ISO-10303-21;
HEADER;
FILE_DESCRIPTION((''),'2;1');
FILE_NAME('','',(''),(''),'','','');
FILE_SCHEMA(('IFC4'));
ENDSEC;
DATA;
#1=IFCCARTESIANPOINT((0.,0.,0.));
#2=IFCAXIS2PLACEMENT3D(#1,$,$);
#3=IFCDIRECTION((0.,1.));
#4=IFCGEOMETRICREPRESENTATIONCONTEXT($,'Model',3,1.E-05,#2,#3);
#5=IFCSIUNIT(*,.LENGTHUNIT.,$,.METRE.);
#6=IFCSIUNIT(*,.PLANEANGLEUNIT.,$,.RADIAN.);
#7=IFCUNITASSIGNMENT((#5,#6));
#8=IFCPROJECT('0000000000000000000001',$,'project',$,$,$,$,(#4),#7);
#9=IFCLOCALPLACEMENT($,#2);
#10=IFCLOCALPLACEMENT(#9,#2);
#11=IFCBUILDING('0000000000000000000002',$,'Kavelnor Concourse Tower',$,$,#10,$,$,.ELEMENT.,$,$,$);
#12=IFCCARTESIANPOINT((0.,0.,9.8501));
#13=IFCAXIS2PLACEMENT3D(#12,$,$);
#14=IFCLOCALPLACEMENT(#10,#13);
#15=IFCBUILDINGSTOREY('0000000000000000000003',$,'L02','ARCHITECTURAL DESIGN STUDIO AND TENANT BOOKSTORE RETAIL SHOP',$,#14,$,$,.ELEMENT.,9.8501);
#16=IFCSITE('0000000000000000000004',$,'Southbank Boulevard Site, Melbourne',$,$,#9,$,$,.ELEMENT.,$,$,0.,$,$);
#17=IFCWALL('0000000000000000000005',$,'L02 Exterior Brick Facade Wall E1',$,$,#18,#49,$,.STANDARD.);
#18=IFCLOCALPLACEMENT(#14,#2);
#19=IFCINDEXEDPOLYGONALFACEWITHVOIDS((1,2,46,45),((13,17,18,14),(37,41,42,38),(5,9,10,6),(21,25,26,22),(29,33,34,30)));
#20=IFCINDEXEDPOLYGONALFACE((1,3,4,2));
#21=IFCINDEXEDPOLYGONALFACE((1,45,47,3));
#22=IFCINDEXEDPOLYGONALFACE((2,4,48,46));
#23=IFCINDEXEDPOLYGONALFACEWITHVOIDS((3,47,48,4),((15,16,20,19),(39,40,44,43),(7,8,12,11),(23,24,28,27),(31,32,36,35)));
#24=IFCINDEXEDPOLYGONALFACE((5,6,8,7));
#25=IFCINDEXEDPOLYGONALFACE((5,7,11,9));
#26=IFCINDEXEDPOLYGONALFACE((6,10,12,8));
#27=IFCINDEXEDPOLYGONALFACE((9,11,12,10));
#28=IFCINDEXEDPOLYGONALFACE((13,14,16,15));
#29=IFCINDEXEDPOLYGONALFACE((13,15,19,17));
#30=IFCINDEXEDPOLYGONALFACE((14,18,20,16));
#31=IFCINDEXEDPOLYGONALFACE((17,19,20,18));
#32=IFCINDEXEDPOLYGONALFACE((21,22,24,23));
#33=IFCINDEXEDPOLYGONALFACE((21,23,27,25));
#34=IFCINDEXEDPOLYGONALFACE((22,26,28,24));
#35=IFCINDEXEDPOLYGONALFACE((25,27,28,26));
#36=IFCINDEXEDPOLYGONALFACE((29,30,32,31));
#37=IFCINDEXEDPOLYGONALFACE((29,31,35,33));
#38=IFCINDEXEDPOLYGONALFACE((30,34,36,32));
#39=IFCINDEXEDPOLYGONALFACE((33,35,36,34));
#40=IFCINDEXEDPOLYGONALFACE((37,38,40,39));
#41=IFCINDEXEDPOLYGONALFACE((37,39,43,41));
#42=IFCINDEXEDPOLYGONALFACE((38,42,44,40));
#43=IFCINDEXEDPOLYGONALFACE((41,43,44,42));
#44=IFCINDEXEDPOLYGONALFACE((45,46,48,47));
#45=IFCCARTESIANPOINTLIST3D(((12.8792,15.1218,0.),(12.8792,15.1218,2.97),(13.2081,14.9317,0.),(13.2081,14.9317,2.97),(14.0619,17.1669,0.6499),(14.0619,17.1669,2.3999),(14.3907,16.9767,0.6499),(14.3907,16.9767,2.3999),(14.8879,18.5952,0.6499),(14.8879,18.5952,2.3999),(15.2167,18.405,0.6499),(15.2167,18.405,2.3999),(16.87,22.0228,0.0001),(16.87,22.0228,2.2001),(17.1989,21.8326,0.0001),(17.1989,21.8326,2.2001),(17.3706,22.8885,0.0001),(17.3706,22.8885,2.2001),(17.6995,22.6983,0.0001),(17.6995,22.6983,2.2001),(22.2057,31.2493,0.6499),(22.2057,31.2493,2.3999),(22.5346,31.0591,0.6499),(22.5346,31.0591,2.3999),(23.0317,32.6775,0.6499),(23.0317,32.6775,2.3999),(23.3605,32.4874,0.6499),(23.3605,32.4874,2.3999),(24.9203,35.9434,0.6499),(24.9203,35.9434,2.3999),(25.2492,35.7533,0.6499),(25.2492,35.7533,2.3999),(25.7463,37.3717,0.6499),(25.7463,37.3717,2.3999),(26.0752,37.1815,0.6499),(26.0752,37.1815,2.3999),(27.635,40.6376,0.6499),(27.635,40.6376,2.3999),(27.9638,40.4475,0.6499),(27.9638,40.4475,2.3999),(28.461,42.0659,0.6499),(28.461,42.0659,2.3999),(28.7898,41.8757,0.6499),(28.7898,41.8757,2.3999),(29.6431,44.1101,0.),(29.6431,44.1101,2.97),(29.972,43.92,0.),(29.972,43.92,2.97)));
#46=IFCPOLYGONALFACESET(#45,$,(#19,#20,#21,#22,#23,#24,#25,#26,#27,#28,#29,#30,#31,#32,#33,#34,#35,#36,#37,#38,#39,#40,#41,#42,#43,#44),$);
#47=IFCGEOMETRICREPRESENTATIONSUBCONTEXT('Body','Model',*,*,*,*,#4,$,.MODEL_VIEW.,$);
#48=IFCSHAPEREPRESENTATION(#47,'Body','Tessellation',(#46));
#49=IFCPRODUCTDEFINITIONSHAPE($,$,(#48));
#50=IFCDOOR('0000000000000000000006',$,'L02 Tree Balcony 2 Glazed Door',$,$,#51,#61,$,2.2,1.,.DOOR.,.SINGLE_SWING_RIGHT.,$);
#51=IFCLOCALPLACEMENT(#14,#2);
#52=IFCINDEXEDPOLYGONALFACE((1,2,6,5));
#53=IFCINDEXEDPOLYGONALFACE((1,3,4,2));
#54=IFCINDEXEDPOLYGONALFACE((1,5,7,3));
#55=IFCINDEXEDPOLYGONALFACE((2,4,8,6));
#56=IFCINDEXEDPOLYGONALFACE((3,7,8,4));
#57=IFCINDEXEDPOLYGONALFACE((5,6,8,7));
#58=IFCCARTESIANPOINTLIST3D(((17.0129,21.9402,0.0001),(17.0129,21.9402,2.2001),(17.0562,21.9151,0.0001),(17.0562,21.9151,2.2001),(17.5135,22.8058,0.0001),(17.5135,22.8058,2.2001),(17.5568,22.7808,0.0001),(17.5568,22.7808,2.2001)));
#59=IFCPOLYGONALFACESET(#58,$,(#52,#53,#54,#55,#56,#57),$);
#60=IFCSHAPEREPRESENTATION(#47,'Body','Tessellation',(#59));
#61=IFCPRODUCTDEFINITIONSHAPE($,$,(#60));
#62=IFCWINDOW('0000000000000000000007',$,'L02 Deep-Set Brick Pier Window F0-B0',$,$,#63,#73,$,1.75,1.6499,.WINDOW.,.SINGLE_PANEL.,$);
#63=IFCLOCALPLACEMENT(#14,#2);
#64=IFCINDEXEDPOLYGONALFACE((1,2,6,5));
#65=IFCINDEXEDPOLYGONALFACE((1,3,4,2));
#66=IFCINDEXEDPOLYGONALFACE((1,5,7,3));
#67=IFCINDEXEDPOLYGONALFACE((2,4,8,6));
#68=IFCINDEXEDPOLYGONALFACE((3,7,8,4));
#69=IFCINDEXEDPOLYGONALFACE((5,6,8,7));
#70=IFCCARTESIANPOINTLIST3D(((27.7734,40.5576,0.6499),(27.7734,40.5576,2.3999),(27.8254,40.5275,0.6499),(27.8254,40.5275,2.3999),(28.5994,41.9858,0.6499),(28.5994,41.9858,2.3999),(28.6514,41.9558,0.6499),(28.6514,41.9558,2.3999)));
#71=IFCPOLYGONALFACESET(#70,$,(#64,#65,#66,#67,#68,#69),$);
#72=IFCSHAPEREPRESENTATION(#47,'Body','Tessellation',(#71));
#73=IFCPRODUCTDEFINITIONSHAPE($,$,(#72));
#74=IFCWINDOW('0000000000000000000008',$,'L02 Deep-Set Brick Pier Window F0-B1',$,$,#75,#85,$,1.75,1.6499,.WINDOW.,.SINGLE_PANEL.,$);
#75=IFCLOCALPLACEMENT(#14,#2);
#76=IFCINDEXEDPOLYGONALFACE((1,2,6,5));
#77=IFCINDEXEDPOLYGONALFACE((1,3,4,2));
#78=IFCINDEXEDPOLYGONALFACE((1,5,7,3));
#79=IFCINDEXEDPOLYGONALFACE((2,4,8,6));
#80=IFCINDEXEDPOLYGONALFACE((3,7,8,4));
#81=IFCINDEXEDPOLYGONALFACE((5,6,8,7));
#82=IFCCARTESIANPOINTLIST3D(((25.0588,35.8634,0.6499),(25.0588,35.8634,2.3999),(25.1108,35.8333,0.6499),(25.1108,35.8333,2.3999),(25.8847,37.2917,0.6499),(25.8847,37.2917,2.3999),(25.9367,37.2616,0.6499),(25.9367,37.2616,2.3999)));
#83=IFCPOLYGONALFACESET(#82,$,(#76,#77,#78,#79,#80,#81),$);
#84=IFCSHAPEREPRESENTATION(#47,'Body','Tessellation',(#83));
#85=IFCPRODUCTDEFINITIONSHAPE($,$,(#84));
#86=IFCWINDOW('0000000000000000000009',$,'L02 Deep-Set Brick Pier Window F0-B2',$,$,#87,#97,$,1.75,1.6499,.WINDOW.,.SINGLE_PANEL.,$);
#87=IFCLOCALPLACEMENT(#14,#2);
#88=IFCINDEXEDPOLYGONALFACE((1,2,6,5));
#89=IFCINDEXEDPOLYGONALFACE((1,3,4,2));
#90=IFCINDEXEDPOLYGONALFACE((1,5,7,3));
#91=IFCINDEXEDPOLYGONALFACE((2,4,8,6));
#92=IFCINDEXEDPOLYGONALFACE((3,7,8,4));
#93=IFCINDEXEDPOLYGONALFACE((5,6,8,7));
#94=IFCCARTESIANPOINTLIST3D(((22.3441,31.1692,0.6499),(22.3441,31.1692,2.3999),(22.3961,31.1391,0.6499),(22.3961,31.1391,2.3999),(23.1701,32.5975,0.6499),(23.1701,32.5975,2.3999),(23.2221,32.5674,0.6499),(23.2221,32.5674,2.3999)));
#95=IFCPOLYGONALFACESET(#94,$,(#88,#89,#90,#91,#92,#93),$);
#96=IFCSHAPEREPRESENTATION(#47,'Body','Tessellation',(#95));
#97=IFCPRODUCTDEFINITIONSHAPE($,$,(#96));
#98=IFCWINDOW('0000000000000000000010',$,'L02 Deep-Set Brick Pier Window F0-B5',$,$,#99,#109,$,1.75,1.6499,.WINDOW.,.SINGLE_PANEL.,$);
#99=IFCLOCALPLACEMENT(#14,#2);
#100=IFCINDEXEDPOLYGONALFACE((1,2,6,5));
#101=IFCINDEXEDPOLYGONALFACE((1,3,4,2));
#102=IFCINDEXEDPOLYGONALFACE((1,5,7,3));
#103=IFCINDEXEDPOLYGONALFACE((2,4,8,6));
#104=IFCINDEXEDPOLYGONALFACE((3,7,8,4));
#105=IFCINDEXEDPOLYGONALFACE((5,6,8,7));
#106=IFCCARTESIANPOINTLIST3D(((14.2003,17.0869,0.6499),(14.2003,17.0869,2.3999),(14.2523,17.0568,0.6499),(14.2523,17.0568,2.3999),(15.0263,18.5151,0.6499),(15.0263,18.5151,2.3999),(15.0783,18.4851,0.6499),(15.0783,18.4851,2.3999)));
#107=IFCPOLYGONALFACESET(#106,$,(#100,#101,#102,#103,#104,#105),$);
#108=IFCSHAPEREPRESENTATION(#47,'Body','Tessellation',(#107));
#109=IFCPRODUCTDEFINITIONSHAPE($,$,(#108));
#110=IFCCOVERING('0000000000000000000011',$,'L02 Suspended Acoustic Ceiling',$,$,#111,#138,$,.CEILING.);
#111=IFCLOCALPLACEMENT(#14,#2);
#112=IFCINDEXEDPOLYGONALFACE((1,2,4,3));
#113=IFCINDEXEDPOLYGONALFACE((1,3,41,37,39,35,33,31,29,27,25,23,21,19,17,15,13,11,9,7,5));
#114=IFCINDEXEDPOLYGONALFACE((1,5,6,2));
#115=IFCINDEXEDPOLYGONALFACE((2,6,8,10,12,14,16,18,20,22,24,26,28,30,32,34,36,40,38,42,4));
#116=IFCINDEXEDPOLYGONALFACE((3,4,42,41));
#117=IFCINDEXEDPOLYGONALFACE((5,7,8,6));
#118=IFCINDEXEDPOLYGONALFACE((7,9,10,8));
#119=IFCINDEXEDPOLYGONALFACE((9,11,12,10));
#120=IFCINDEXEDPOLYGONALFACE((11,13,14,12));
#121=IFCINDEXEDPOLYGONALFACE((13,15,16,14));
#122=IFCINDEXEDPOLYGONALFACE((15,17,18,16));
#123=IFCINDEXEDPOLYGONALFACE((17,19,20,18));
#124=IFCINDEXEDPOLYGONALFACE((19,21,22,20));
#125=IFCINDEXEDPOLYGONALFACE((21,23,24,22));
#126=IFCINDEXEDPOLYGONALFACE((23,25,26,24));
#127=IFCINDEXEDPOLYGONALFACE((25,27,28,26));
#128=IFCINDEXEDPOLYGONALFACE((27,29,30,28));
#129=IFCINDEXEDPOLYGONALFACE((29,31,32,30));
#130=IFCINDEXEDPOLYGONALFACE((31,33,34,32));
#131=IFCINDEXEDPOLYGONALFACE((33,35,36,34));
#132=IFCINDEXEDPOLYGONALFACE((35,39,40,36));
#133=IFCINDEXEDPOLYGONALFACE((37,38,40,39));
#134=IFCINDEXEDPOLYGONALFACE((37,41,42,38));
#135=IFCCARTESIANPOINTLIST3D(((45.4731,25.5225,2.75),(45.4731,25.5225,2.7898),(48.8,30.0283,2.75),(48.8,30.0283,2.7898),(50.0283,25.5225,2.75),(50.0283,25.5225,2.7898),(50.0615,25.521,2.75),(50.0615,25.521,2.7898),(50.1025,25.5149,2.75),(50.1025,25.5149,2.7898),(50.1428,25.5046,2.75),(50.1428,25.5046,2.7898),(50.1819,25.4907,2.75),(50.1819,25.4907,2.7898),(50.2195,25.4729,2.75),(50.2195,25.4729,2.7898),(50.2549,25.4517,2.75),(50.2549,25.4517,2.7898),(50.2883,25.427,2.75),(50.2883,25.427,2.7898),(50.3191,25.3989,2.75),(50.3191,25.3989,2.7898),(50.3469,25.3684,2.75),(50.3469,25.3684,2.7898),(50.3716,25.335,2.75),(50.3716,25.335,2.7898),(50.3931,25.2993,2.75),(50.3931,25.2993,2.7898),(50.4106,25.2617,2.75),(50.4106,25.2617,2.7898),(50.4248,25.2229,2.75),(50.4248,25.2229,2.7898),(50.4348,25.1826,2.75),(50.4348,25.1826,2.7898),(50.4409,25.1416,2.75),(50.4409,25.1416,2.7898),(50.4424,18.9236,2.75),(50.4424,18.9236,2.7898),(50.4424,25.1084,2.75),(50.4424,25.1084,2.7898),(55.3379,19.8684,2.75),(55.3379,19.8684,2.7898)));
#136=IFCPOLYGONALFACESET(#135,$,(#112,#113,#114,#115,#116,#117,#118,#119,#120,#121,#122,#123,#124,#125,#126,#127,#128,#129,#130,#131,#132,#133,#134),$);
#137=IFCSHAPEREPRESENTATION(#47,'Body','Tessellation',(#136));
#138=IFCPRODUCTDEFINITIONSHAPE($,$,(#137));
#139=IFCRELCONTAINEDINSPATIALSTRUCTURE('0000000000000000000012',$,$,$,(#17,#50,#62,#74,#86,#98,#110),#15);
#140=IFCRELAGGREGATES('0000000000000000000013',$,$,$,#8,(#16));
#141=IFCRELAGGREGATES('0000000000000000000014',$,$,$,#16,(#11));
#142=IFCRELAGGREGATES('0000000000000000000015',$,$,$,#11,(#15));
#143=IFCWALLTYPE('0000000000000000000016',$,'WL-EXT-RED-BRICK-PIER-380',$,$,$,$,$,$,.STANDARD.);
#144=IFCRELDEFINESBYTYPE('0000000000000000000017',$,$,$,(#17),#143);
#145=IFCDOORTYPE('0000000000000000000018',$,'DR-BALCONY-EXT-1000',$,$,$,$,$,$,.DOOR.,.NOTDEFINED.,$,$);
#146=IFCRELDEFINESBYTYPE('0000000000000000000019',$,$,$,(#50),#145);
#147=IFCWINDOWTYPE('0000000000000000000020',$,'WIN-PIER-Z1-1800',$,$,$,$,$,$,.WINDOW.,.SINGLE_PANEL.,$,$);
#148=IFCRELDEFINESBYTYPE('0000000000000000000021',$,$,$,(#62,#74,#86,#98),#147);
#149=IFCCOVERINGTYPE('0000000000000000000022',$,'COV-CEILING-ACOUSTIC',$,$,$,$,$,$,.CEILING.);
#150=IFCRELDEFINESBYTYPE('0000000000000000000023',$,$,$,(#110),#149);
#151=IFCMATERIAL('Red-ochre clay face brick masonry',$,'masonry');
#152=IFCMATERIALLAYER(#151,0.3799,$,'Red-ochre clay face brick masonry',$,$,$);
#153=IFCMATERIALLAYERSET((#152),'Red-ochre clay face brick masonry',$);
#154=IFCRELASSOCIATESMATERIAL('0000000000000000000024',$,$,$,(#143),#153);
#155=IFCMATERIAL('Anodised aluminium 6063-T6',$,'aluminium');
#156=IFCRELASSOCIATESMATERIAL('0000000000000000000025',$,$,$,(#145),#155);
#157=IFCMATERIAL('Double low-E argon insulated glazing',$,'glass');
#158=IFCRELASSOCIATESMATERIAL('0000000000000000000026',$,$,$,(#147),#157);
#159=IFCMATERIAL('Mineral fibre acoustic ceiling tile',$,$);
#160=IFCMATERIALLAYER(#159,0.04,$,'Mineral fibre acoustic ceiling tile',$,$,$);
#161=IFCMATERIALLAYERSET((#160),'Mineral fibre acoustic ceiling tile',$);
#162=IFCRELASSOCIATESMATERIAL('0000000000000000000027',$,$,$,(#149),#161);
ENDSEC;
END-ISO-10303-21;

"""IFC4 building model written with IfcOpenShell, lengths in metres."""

from ifc_helpers import new_model, si_unit, direction, frame, frame_2d, origin, place, context, subcontext, project, spatial, polyline, rectangle, outline, extrude, material, layer, layer_set, type_object, element, fill, save


model = new_model("IFC4")

# Units and contexts
model_context = context("Model", 3, precision=1e-05, world=origin(), true_north=direction((0.0, 1.0)))
body_context = subcontext(model_context, "Body", "Model", "MODEL_VIEW")
ifc_project = project(units=[si_unit("LENGTHUNIT", "METRE"), si_unit("PLANEANGLEUNIT", "RADIAN")], contexts=[model_context])

# Site, building, storey
site_placement = place(None, origin())
site = spatial("IfcSite", under=ifc_project, at=site_placement, Name="Southbank Boulevard Site, Melbourne", CompositionType="ELEMENT", RefElevation=0.0)
building_placement = place(site_placement, origin())
building = spatial("IfcBuilding", under=site, at=building_placement, Name="Kavelnor Concourse Tower", CompositionType="ELEMENT")
storey_placement = place(building_placement, frame((0.0, 0.0, 9.8501)))
storey = spatial("IfcBuildingStorey", under=building, at=storey_placement, Name="L02", Description="ARCHITECTURAL DESIGN STUDIO AND TENANT BOOKSTORE RETAIL SHOP", CompositionType="ELEMENT", Elevation=9.8501)

# Wall, openings, door, windows
ifc_material_1 = material(Name="Red-ochre clay face brick masonry", Category="masonry")
ifc_layer_1 = layer(ifc_material_1, 0.3799, Name="Red-ochre clay face brick masonry")
ifc_layer_set_1 = layer_set([ifc_layer_1], Name="Red-ochre clay face brick masonry")
wall_type = type_object("IfcWallType", Name="WL-EXT-RED-BRICK-PIER-380", PredefinedType="STANDARD", material=ifc_layer_set_1)
wall_placement = place(storey_placement, frame((13.0437, 15.0269, 0.0), z_axis=(0.0, 0.0, 1.0), x_axis=(0.500616, 0.865669, 0.0)))
wall = element("IfcWall", 1, at=wall_placement, inside=storey, type_object=wall_type, Name="L02 Exterior Brick Facade Wall E1", PredefinedType="STANDARD", context=body_context, shape_type="SweptSolid", body=[
    extrude(rectangle(XDim=33.4866, YDim=0.3799, at=frame_2d((16.7432, 0.0))), origin(), (0.0, 0.0, 1.0), 2.97),
])
opening_1_placement = place(wall_placement, frame((7.9717, 0.0, 0.0)))
opening_1 = element("IfcOpeningElement", 2, at=opening_1_placement, cuts=wall, PredefinedType="OPENING", context=body_context, shape_type="SweptSolid", body=[
    extrude(rectangle(XDim=1.0, YDim=2.2, at=frame_2d((0.5, 1.1001))), frame((0.0, 0.2, 0.0), z_axis=(0.0, -1.0, 0.0), x_axis=(1.0, 0.0, 0.0)), (0.0, 0.0, 1.0), 0.3999),
])
opening_2_placement = place(wall_placement, frame((29.4751, 0.0, 0.6499)))
opening_2 = element("IfcOpeningElement", 3, at=opening_2_placement, cuts=wall, PredefinedType="OPENING", context=body_context, shape_type="SweptSolid", body=[
    extrude(rectangle(XDim=1.6499, YDim=1.75, at=frame_2d((0.825, 0.875))), frame((0.0, 0.2, 0.0), z_axis=(0.0, -1.0, 0.0), x_axis=(1.0, 0.0, 0.0)), (0.0, 0.0, 1.0), 0.3999),
])
opening_3_placement = place(wall_placement, frame((24.0525, 0.0, 0.6499)))
opening_3 = element("IfcOpeningElement", 4, at=opening_3_placement, cuts=wall, PredefinedType="OPENING", context=body_context, shape_type="SweptSolid", body=[
    extrude(rectangle(XDim=1.6499, YDim=1.75, at=frame_2d((0.825, 0.875))), frame((0.0, 0.2, 0.0), z_axis=(0.0, -1.0, 0.0), x_axis=(1.0, 0.0, 0.0)), (0.0, 0.0, 1.0), 0.3999),
])
opening_4_placement = place(wall_placement, frame((18.6299, 0.0, 0.6499)))
opening_4 = element("IfcOpeningElement", 5, at=opening_4_placement, cuts=wall, PredefinedType="OPENING", context=body_context, shape_type="SweptSolid", body=[
    extrude(rectangle(XDim=1.6499, YDim=1.75, at=frame_2d((0.825, 0.875))), frame((0.0, 0.2, 0.0), z_axis=(0.0, -1.0, 0.0), x_axis=(1.0, 0.0, 0.0)), (0.0, 0.0, 1.0), 0.3999),
])
opening_5_placement = place(wall_placement, frame((2.3623, 0.0, 0.6499)))
opening_5 = element("IfcOpeningElement", 6, at=opening_5_placement, cuts=wall, PredefinedType="OPENING", context=body_context, shape_type="SweptSolid", body=[
    extrude(rectangle(XDim=1.6499, YDim=1.75, at=frame_2d((0.825, 0.875))), frame((0.0, 0.2, 0.0), z_axis=(0.0, -1.0, 0.0), x_axis=(1.0, 0.0, 0.0)), (0.0, 0.0, 1.0), 0.3999),
])
ifc_material_2 = material(Name="Anodised aluminium 6063-T6", Category="aluminium")
door_type = type_object("IfcDoorType", Name="DR-BALCONY-EXT-1000", OperationType="NOTDEFINED", PredefinedType="DOOR", material=ifc_material_2)
door_placement = place(opening_1_placement, origin())
door = element("IfcDoor", 7, at=door_placement, inside=storey, type_object=door_type, Name="L02 Tree Balcony 2 Glazed Door", OperationType="SINGLE_SWING_RIGHT", OverallHeight=2.2, OverallWidth=1.0, PredefinedType="DOOR", context=body_context, shape_type="SweptSolid", body=[
    extrude(rectangle(XDim=1.0, YDim=2.2, at=frame_2d((0.5, 1.1001))), frame((0.0, 0.0249, 0.0), z_axis=(0.0, -1.0, 0.0), x_axis=(1.0, 0.0, 0.0)), (0.0, 0.0, 1.0), 0.05),
])
fill(opening_1, door)
ifc_material_3 = material(Name="Double low-E argon insulated glazing", Category="glass")
window_type = type_object("IfcWindowType", Name="WIN-PIER-Z1-1800", PartitioningType="SINGLE_PANEL", PredefinedType="WINDOW", material=ifc_material_3)
window_1_placement = place(opening_2_placement, origin())
window_1 = element("IfcWindow", 8, at=window_1_placement, inside=storey, type_object=window_type, Name="L02 Deep-Set Brick Pier Window F0-B0", OverallHeight=1.75, OverallWidth=1.6499, PartitioningType="SINGLE_PANEL", PredefinedType="WINDOW", context=body_context, shape_type="SweptSolid", body=[
    extrude(rectangle(XDim=1.6499, YDim=1.75, at=frame_2d((0.825, 0.875))), frame((0.0, 0.03, 0.0), z_axis=(0.0, -1.0, 0.0), x_axis=(1.0, 0.0, 0.0)), (0.0, 0.0, 1.0), 0.0601),
])
fill(opening_2, window_1)
window_2_placement = place(opening_3_placement, origin())
window_2 = element("IfcWindow", 9, at=window_2_placement, inside=storey, type_object=window_type, Name="L02 Deep-Set Brick Pier Window F0-B1", OverallHeight=1.75, OverallWidth=1.6499, PartitioningType="SINGLE_PANEL", PredefinedType="WINDOW", context=body_context, shape_type="SweptSolid", body=[
    extrude(rectangle(XDim=1.6499, YDim=1.75, at=frame_2d((0.825, 0.875))), frame((0.0, 0.03, 0.0), z_axis=(0.0, -1.0, 0.0), x_axis=(1.0, 0.0, 0.0)), (0.0, 0.0, 1.0), 0.0601),
])
fill(opening_3, window_2)
window_3_placement = place(opening_4_placement, origin())
window_3 = element("IfcWindow", 10, at=window_3_placement, inside=storey, type_object=window_type, Name="L02 Deep-Set Brick Pier Window F0-B2", OverallHeight=1.75, OverallWidth=1.6499, PartitioningType="SINGLE_PANEL", PredefinedType="WINDOW", context=body_context, shape_type="SweptSolid", body=[
    extrude(rectangle(XDim=1.6499, YDim=1.75, at=frame_2d((0.825, 0.875))), frame((0.0, 0.03, 0.0), z_axis=(0.0, -1.0, 0.0), x_axis=(1.0, 0.0, 0.0)), (0.0, 0.0, 1.0), 0.0601),
])
fill(opening_4, window_3)
window_4_placement = place(opening_5_placement, origin())
window_4 = element("IfcWindow", 11, at=window_4_placement, inside=storey, type_object=window_type, Name="L02 Deep-Set Brick Pier Window F0-B5", OverallHeight=1.75, OverallWidth=1.6499, PartitioningType="SINGLE_PANEL", PredefinedType="WINDOW", context=body_context, shape_type="SweptSolid", body=[
    extrude(rectangle(XDim=1.6499, YDim=1.75, at=frame_2d((0.825, 0.875))), frame((0.0, 0.03, 0.0), z_axis=(0.0, -1.0, 0.0), x_axis=(1.0, 0.0, 0.0)), (0.0, 0.0, 1.0), 0.0601),
])
fill(opening_5, window_4)

# Covering
ifc_material_4 = material(Name="Mineral fibre acoustic ceiling tile")
ifc_layer_2 = layer(ifc_material_4, 0.04, Name="Mineral fibre acoustic ceiling tile")
ifc_layer_set_2 = layer_set([ifc_layer_2], Name="Mineral fibre acoustic ceiling tile")
covering_type_1 = type_object("IfcCoveringType", Name="COV-CEILING-ACOUSTIC", PredefinedType="CEILING", material=ifc_layer_set_2)
covering_1_placement = place(storey_placement, frame((0.0, 0.0, 2.75)))
element("IfcCovering", 12, at=covering_1_placement, inside=storey, type_object=covering_type_1, Name="L02 Suspended Acoustic Ceiling", PredefinedType="CEILING", context=body_context, shape_type="SweptSolid", body=[
    extrude(outline(polyline([(50.4348, 25.1826), (50.4248, 25.2229), (50.4106, 25.2617), (50.3931, 25.2993), (50.3716, 25.335), (50.3469, 25.3684), (50.3191, 25.3989), (50.2883, 25.427), (50.2549, 25.4517), (50.2195, 25.4729), (50.1819, 25.4907), (50.1428, 25.5046), (50.1025, 25.5149), (50.0615, 25.521), (50.0283, 25.5225), (45.4731, 25.5225), (48.8, 30.0283), (55.3379, 19.8684), (50.4424, 18.9236), (50.4424, 25.1084), (50.4409, 25.1416), (50.4348, 25.1826)])), origin(), (0.0, 0.0, 1.0), 0.0398),
])

save(model, "model.ifc")
